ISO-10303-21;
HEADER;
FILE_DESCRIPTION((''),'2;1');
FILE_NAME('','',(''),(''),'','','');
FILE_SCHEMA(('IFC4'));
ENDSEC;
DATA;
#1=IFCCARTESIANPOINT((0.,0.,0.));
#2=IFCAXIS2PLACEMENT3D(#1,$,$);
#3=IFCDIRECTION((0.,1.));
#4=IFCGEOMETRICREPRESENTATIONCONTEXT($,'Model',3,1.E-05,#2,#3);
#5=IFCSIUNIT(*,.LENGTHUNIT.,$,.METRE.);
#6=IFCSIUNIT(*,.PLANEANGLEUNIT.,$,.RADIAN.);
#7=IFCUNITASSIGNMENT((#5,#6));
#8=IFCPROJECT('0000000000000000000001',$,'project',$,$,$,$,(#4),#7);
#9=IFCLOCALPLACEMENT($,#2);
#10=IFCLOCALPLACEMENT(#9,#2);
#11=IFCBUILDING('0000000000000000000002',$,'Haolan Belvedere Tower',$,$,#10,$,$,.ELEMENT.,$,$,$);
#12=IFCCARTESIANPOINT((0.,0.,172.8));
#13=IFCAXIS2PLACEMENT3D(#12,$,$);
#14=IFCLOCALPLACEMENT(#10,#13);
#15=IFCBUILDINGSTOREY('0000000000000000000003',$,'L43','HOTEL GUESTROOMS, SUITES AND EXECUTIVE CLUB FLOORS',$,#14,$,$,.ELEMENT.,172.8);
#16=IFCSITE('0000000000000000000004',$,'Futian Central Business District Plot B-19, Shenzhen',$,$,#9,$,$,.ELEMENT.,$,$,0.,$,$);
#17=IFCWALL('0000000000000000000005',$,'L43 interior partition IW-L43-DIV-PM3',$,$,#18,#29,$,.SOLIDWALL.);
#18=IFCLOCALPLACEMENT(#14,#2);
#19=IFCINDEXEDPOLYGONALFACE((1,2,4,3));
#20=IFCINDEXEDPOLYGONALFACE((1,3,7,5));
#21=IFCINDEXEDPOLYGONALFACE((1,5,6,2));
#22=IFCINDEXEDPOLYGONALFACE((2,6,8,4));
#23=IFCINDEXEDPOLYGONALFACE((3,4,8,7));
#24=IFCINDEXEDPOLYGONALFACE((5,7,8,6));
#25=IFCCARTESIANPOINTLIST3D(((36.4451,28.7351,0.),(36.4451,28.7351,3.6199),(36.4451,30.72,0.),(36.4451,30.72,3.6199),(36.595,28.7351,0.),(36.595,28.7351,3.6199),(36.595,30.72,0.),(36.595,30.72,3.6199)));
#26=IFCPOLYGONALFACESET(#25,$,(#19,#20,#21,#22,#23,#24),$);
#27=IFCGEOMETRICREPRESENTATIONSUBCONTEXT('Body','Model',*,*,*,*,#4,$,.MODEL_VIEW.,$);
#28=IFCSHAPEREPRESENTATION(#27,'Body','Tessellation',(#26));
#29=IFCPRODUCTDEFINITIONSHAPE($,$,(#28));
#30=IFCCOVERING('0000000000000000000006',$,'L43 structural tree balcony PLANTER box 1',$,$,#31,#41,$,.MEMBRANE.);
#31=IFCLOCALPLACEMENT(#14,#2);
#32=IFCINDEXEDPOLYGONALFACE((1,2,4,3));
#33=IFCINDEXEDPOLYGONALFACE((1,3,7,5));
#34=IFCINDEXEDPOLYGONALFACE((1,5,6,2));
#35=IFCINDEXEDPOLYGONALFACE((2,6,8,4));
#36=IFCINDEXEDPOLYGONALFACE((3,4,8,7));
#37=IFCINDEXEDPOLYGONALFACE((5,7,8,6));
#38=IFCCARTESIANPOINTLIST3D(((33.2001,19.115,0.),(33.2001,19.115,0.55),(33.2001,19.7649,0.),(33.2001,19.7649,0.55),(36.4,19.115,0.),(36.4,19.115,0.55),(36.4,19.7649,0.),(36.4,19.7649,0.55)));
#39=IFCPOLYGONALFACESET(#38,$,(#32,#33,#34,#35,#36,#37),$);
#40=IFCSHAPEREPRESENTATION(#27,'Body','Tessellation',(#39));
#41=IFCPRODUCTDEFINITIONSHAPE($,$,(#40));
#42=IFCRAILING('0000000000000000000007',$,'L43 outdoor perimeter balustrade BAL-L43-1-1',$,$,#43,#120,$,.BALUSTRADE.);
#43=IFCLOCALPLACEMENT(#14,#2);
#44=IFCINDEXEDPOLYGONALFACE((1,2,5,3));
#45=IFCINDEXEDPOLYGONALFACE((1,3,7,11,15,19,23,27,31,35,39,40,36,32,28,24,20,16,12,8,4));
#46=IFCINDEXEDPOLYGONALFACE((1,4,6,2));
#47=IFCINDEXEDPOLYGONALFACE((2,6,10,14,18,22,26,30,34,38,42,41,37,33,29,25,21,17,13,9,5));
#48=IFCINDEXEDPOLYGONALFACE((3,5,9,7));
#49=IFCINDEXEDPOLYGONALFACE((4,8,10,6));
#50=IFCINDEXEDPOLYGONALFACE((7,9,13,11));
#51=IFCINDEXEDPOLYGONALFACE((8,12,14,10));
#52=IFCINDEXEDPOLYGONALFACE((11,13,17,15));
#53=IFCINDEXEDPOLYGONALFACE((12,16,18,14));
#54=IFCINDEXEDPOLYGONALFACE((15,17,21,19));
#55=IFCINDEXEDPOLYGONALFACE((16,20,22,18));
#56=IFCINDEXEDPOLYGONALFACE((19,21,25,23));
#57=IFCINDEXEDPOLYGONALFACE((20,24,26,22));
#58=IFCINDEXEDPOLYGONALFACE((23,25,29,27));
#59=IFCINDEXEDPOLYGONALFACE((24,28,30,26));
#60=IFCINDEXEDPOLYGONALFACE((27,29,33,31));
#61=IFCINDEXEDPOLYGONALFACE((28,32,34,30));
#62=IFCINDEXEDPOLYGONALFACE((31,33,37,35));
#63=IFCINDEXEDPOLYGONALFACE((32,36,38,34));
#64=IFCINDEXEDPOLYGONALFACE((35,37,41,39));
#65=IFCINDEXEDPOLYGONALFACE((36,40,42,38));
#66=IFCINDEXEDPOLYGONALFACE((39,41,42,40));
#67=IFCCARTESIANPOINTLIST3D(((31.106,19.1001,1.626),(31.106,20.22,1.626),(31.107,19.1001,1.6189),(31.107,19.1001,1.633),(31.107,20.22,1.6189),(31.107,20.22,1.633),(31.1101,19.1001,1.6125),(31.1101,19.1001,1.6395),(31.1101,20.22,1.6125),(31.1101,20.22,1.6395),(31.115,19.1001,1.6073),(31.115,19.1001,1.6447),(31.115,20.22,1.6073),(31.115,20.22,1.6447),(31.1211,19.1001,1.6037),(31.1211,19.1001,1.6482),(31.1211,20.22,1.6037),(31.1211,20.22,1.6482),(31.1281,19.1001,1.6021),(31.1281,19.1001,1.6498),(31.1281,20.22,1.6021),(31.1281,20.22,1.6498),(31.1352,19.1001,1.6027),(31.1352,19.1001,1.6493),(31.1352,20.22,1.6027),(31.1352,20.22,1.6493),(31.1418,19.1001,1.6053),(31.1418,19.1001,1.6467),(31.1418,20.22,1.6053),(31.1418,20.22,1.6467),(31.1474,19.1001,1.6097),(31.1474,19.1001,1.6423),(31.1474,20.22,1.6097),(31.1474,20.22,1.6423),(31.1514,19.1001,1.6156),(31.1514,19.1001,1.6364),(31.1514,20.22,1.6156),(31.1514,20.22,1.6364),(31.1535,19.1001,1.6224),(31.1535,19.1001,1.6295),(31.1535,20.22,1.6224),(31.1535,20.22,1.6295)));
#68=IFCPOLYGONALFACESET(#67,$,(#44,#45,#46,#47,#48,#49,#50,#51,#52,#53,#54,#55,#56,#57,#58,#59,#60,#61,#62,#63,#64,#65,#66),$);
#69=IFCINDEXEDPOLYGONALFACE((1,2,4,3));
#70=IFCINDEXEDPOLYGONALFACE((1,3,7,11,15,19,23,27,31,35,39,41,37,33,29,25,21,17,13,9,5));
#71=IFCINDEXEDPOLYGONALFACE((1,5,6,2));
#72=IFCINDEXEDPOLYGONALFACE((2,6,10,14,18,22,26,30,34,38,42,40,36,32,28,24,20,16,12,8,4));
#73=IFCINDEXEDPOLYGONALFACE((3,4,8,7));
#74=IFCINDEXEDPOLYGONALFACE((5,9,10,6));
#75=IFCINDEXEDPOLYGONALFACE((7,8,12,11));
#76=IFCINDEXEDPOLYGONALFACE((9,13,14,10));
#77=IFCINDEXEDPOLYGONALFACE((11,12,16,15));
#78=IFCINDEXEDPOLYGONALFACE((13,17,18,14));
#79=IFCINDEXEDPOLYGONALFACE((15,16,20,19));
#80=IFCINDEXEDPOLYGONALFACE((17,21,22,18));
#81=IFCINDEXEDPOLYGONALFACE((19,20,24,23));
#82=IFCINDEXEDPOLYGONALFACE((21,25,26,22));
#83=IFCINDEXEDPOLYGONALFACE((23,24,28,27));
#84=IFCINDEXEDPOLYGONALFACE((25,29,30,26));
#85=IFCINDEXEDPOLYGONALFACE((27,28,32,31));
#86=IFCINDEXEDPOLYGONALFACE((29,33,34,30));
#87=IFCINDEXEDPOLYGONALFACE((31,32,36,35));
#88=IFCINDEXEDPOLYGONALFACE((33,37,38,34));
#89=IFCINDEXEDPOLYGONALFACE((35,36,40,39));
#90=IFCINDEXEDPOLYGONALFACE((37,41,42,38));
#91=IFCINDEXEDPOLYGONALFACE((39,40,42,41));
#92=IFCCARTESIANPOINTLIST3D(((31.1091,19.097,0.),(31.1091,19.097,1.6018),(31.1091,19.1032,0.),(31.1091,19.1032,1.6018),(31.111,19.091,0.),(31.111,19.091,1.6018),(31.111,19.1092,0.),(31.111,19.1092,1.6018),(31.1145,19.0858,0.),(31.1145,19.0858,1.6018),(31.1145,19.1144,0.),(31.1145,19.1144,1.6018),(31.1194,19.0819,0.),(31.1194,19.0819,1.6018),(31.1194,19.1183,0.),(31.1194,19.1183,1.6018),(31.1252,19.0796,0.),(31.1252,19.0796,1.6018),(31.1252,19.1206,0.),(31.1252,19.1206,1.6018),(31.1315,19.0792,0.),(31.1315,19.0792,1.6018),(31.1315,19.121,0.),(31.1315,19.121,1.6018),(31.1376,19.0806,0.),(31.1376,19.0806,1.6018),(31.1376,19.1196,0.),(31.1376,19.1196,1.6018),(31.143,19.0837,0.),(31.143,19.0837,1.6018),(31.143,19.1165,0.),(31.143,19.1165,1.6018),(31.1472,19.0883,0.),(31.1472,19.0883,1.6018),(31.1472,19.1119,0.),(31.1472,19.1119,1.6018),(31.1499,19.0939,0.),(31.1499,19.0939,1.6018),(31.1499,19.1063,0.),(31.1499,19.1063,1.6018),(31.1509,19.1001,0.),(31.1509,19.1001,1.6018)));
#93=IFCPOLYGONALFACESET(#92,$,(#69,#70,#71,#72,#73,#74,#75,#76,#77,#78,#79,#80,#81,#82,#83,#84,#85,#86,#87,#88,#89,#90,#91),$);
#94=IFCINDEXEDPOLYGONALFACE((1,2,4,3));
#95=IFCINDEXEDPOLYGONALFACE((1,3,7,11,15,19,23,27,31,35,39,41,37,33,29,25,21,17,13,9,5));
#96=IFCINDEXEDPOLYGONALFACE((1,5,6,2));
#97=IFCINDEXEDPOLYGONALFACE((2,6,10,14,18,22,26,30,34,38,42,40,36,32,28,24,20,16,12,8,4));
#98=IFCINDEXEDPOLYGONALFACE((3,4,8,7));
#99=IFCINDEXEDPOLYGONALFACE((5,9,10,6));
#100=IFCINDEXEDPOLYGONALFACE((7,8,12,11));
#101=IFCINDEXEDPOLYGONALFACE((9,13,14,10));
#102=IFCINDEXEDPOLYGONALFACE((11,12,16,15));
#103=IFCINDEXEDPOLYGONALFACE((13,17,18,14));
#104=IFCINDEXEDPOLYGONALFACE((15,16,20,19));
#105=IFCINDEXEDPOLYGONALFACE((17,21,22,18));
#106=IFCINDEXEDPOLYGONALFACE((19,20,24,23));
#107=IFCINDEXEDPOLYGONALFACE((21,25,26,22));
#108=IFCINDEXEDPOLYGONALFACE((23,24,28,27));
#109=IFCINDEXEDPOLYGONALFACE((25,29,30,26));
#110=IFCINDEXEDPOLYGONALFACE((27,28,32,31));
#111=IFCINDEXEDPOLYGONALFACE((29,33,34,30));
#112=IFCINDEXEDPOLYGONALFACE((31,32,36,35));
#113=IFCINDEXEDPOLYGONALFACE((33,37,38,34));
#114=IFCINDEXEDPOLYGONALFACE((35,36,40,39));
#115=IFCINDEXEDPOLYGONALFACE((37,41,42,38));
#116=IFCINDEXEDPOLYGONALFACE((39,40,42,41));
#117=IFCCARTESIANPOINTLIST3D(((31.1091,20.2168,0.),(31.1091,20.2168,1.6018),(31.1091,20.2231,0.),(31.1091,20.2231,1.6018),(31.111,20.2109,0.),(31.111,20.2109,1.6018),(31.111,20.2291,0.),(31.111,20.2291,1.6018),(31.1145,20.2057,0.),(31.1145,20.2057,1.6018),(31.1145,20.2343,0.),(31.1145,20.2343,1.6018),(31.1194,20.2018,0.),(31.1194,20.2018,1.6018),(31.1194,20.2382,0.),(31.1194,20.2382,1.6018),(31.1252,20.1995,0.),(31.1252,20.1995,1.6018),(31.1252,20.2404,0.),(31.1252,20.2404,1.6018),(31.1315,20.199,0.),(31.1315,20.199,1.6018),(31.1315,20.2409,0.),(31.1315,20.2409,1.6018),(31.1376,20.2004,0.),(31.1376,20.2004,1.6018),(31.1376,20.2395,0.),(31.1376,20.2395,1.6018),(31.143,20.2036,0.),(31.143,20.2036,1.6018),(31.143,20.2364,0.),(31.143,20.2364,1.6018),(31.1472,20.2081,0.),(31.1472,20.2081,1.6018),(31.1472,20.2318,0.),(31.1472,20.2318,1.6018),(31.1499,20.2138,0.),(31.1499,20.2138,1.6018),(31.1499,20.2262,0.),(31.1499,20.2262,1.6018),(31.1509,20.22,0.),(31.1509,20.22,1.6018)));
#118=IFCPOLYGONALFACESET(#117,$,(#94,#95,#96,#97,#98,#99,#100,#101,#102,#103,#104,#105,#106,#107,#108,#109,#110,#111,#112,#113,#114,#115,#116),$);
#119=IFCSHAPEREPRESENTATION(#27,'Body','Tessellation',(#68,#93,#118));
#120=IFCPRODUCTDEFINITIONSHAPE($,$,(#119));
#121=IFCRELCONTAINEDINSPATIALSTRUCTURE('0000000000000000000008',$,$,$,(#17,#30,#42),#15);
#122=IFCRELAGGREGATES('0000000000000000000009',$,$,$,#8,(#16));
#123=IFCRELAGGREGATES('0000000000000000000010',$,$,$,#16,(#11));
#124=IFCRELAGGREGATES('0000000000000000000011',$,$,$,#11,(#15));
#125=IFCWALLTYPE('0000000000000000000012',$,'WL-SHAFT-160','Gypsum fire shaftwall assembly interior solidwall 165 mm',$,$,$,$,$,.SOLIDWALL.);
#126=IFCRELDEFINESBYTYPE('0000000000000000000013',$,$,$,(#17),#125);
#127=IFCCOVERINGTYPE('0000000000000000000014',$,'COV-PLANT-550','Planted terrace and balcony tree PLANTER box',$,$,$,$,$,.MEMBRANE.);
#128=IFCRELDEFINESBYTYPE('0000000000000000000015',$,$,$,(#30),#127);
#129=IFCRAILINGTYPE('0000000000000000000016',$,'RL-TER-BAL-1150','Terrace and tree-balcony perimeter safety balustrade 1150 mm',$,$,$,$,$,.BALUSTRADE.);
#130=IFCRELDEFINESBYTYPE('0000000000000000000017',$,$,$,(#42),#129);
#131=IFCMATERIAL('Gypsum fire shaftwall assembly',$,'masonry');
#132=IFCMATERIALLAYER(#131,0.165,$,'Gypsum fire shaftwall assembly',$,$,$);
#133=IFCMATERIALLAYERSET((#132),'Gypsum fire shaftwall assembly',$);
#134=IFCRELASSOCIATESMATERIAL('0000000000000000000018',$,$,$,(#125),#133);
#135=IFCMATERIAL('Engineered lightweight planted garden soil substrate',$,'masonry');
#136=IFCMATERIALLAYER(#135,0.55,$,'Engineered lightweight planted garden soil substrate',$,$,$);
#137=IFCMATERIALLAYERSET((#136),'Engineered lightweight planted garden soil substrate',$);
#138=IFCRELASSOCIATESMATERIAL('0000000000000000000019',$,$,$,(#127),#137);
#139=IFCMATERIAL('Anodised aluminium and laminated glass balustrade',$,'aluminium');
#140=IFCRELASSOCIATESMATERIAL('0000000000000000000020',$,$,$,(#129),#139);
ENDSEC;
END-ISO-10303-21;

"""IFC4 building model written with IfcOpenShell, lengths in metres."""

from ifc_helpers import new_model, si_unit, direction, frame, frame_2d, origin, origin_2d, place, context, subcontext, project, spatial, rectangle, circle, extrude, material, layer, layer_set, type_object, element, save


model = new_model("IFC4")

# Units and contexts
model_context = context("Model", 3, precision=1e-05, world=origin(), true_north=direction((0.0, 1.0)))
body_context = subcontext(model_context, "Body", "Model", "MODEL_VIEW")
ifc_project = project(units=[si_unit("LENGTHUNIT", "METRE"), si_unit("PLANEANGLEUNIT", "RADIAN")], contexts=[model_context])

# Site, building, storey
site_placement = place(None, origin())
site = spatial("IfcSite", under=ifc_project, at=site_placement, Name="Futian Central Business District Plot B-19, Shenzhen", CompositionType="ELEMENT", RefElevation=0.0)
building_placement = place(site_placement, origin())
building = spatial("IfcBuilding", under=site, at=building_placement, Name="Haolan Belvedere Tower", CompositionType="ELEMENT")
storey_placement = place(building_placement, frame((0.0, 0.0, 172.8)))
storey = spatial("IfcBuildingStorey", under=building, at=storey_placement, Name="L43", Description="HOTEL GUESTROOMS, SUITES AND EXECUTIVE CLUB FLOORS", CompositionType="ELEMENT", Elevation=172.8)

# Shared definitions
ifc_material_1 = material(Name="Gypsum fire shaftwall assembly", Category="masonry")
ifc_layer_1 = layer(ifc_material_1, 0.165, Name="Gypsum fire shaftwall assembly")
ifc_layer_set_1 = layer_set([ifc_layer_1], Name="Gypsum fire shaftwall assembly")
wall_type_1 = type_object("IfcWallType", Name="WL-SHAFT-160", Description="Gypsum fire shaftwall assembly interior solidwall 165 mm", PredefinedType="SOLIDWALL", material=ifc_layer_set_1)

# Wall
for number, where, z_axis, x_axis, name in (
    (1, (36.52, 28.7351, 0.0), (0.0, 0.0, 1.0), (0.0, 1.0, 0.0), "L43 interior partition IW-L43-DIV-PM3"),
):
    element("IfcWall", number, at=place(storey_placement, frame(where, z_axis=z_axis, x_axis=x_axis)), inside=storey, type_object=wall_type_1, Name=name, PredefinedType="SOLIDWALL", context=body_context, shape_type="SweptSolid", body=[
        extrude(rectangle(XDim=1.9849, YDim=0.1499, at=frame_2d((0.9924, 0.0))), origin(), (0.0, 0.0, 1.0), 3.6199),
    ])

# Covering
ifc_material_2 = material(Name="Engineered lightweight planted garden soil substrate", Category="masonry")
ifc_layer_2 = layer(ifc_material_2, 0.55, Name="Engineered lightweight planted garden soil substrate")
ifc_layer_set_2 = layer_set([ifc_layer_2], Name="Engineered lightweight planted garden soil substrate")
covering_type = type_object("IfcCoveringType", Name="COV-PLANT-550", Description="Planted terrace and balcony tree PLANTER box", PredefinedType="MEMBRANE", material=ifc_layer_set_2)
covering_placement = place(storey_placement, frame((34.8, 19.4399, 0.0), z_axis=(0.0, 0.0, 1.0), x_axis=(1.0, 0.0, 0.0)))
element("IfcCovering", 2, at=covering_placement, inside=storey, type_object=covering_type, Name="L43 structural tree balcony PLANTER box 1", PredefinedType="MEMBRANE", context=body_context, shape_type="SweptSolid", body=[
    extrude(rectangle(XDim=3.2, YDim=0.6499, at=origin_2d()), origin(), (0.0, 0.0, 1.0), 0.55),
])

# Railing
ifc_material_3 = material(Name="Anodised aluminium and laminated glass balustrade", Category="aluminium")
railing_type = type_object("IfcRailingType", Name="RL-TER-BAL-1150", Description="Terrace and tree-balcony perimeter safety balustrade 1150 mm", PredefinedType="BALUSTRADE", material=ifc_material_3)
railing_placement = place(storey_placement, frame((31.1299, 19.1001, 0.0)))
element("IfcRailing", 3, at=railing_placement, inside=storey, type_object=railing_type, Name="L43 outdoor perimeter balustrade BAL-L43-1-1", PredefinedType="BALUSTRADE", context=body_context, shape_type="SweptSolid", body=[
    extrude(circle(Radius=0.0239, at=origin_2d()), frame((0.0, 0.0, 1.626), z_axis=(0.0, 1.0, 0.0), x_axis=(-1.0, 0.0, 0.0)), (0.0, 0.0, 1.0), 1.1199),
    extrude(circle(Radius=0.021, at=origin_2d()), origin(), (0.0, 0.0, 1.0), 1.6018),
    extrude(circle(Radius=0.021, at=origin_2d()), frame((0.0, 1.1199, 0.0)), (0.0, 0.0, 1.0), 1.6018),
])

save(model, "model.ifc")
